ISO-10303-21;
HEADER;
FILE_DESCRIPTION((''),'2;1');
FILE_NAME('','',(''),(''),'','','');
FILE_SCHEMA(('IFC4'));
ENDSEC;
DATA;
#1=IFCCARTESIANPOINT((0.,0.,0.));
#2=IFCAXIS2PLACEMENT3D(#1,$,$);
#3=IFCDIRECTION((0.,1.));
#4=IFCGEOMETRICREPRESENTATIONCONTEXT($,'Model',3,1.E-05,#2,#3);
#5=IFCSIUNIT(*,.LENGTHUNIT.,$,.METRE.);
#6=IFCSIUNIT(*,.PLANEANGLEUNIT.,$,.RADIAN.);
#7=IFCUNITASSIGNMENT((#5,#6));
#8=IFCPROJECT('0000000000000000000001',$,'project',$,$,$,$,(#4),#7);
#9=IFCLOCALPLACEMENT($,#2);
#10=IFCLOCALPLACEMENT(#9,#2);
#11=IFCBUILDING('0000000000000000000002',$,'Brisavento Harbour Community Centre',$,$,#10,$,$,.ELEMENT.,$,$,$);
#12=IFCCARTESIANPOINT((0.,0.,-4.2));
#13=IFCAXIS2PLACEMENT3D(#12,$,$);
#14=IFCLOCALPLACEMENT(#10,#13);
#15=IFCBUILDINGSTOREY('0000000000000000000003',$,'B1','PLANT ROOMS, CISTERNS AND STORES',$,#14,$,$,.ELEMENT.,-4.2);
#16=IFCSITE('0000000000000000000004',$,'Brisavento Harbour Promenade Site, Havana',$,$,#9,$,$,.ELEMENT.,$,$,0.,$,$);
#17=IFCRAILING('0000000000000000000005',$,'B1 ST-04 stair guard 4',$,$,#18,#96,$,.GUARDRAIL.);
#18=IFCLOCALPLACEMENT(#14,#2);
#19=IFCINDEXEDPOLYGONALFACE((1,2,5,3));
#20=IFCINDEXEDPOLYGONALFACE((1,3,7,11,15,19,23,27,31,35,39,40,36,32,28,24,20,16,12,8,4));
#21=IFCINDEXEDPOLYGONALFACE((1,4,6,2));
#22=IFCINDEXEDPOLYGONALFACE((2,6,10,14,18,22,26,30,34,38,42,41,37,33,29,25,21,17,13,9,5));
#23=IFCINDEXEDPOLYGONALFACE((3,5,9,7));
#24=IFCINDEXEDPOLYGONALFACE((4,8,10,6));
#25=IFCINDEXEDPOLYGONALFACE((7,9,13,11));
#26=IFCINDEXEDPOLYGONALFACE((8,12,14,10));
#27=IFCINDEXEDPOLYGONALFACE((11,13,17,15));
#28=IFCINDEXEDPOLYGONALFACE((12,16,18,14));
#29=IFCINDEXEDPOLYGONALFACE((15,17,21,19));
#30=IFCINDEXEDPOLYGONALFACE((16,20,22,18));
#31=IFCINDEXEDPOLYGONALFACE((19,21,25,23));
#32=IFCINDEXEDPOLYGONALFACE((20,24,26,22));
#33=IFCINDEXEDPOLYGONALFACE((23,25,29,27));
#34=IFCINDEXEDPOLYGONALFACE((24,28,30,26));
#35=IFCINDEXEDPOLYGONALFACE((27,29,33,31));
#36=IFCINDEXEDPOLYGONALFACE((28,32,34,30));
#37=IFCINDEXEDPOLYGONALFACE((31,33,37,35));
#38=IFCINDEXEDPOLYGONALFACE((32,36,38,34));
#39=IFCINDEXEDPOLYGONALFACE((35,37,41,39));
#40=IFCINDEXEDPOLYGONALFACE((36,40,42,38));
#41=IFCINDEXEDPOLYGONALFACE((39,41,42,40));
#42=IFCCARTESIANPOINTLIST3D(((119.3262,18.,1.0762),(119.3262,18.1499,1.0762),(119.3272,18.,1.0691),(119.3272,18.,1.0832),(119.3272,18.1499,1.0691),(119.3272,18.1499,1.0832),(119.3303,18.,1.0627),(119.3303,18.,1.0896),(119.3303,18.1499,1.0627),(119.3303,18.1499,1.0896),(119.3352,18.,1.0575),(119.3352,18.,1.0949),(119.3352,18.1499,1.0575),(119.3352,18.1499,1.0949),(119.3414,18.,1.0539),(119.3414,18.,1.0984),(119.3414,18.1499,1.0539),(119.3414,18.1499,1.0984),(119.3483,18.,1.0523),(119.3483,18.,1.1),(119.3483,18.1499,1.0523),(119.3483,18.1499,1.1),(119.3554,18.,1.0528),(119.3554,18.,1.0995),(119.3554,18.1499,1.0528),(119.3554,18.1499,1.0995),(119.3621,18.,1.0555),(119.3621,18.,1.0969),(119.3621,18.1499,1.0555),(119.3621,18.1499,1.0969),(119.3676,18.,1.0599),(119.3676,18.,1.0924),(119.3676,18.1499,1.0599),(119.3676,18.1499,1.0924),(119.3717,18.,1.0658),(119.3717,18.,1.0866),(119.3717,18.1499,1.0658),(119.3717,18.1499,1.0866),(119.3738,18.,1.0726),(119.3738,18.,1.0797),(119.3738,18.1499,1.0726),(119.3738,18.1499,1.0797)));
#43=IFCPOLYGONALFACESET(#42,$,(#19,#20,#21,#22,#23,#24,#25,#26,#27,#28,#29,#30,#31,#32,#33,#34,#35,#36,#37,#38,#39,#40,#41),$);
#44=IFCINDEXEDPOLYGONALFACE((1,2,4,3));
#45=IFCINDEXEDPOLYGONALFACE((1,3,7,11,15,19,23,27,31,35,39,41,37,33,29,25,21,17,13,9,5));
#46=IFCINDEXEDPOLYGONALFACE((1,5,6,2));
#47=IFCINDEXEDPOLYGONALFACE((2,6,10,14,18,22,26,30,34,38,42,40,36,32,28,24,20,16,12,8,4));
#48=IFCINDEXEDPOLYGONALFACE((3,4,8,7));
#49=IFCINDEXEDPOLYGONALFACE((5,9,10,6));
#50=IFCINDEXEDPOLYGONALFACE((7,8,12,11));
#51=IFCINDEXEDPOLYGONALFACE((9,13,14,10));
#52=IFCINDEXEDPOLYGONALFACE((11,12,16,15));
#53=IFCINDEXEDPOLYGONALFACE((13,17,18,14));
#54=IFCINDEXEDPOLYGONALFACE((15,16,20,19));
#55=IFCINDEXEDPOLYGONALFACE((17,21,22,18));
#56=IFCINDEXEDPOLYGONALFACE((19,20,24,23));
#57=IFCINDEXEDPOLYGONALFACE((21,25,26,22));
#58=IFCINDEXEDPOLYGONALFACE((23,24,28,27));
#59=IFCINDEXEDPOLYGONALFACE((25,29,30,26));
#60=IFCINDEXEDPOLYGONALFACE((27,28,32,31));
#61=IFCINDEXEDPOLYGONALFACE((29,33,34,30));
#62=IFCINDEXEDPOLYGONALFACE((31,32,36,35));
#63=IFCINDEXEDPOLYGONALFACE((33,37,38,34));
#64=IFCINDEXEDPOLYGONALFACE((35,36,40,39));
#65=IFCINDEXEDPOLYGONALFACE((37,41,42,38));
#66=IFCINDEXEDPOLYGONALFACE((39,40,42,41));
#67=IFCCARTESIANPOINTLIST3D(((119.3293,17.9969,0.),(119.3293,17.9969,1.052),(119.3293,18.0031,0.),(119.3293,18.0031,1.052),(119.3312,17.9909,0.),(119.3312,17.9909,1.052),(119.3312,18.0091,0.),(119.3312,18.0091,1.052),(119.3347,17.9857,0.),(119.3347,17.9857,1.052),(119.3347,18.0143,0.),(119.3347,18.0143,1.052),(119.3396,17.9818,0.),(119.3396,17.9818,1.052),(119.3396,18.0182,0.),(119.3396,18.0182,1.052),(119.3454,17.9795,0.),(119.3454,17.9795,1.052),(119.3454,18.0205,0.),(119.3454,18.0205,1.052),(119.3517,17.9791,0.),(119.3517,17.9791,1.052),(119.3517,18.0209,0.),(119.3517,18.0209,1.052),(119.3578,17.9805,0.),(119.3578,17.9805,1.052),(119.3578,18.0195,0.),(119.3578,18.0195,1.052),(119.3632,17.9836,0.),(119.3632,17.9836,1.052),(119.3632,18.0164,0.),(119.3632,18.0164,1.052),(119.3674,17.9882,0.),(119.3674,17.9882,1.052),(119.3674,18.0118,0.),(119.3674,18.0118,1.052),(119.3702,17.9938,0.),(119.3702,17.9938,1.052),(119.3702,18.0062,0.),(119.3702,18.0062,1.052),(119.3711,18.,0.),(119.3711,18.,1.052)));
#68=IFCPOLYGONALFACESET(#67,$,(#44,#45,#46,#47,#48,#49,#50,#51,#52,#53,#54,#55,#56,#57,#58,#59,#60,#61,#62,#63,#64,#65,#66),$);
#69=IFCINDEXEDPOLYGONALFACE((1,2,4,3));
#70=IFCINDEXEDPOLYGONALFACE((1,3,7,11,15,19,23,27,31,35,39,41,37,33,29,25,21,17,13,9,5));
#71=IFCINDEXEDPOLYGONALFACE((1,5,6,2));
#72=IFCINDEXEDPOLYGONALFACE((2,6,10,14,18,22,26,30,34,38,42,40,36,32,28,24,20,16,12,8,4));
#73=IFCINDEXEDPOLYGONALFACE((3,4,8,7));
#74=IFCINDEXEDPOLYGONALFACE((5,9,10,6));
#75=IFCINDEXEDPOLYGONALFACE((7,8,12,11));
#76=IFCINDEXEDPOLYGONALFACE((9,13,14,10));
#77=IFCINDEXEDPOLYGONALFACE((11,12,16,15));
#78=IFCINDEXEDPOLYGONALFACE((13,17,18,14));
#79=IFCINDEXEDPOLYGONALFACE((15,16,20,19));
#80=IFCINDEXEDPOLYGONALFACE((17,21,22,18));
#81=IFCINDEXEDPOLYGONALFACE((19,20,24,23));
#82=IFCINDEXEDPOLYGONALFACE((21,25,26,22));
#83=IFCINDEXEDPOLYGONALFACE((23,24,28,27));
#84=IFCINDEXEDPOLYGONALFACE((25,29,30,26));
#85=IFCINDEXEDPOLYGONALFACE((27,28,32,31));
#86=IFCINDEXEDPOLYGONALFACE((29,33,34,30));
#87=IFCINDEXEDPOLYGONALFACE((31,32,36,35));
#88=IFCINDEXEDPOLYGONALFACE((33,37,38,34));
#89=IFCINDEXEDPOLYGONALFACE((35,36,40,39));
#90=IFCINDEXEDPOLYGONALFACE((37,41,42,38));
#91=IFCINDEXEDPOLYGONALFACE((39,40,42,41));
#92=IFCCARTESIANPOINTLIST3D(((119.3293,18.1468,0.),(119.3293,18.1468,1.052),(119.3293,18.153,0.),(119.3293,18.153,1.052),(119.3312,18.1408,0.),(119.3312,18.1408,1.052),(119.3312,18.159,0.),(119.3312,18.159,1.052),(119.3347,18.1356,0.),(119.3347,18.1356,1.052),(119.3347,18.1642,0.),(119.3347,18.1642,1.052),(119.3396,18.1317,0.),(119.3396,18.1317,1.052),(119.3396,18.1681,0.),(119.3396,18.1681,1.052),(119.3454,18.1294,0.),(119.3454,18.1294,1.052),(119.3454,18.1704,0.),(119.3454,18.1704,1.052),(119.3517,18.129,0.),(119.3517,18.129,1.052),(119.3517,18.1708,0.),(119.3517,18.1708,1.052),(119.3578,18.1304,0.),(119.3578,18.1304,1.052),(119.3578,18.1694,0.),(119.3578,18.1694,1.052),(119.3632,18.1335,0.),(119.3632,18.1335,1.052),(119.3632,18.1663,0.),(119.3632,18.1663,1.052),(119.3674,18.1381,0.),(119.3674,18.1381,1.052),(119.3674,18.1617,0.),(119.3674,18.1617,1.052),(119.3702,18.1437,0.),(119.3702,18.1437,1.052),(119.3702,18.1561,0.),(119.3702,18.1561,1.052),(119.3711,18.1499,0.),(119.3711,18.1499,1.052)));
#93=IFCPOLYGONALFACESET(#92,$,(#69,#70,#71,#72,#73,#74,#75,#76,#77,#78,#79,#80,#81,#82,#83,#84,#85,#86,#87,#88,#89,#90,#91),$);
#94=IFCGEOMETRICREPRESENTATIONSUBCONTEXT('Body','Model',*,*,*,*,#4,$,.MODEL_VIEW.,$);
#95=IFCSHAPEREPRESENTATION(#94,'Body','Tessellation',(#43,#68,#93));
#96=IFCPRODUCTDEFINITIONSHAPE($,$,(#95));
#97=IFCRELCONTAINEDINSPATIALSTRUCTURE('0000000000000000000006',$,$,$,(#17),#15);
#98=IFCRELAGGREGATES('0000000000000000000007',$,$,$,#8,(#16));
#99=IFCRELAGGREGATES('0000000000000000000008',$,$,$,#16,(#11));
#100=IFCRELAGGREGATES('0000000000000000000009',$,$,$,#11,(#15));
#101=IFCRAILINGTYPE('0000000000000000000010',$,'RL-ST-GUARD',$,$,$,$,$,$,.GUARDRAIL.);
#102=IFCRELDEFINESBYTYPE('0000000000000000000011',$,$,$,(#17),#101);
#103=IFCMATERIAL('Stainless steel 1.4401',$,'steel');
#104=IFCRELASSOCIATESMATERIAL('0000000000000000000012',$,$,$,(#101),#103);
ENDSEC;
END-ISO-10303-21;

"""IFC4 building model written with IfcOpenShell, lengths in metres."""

from ifc_helpers import new_model, si_unit, direction, frame, origin, origin_2d, place, context, subcontext, project, spatial, circle, extrude, material, type_object, element, save


model = new_model("IFC4")

# Units and contexts
model_context = context("Model", 3, precision=1e-05, world=origin(), true_north=direction((0.0, 1.0)))
body_context = subcontext(model_context, "Body", "Model", "MODEL_VIEW")
ifc_project = project(units=[si_unit("LENGTHUNIT", "METRE"), si_unit("PLANEANGLEUNIT", "RADIAN")], contexts=[model_context])

# Site, building, storey
site_placement = place(None, origin())
site = spatial("IfcSite", under=ifc_project, at=site_placement, Name="Brisavento Harbour Promenade Site, Havana", CompositionType="ELEMENT", RefElevation=0.0)
building_placement = place(site_placement, origin())
building = spatial("IfcBuilding", under=site, at=building_placement, Name="Brisavento Harbour Community Centre", CompositionType="ELEMENT")
storey_placement = place(building_placement, frame((0.0, 0.0, -4.2)))
storey = spatial("IfcBuildingStorey", under=building, at=storey_placement, Name="B1", Description="PLANT ROOMS, CISTERNS AND STORES", CompositionType="ELEMENT", Elevation=-4.2)

# Shared definitions
ifc_material_1 = material(Name="Stainless steel 1.4401", Category="steel")

# Railing
railing_type_1 = type_object("IfcRailingType", Name="RL-ST-GUARD", PredefinedType="GUARDRAIL", material=ifc_material_1)
railing_1_placement = place(storey_placement, frame((119.3501, 18.0, 0.0)))
element("IfcRailing", 1, at=railing_1_placement, inside=storey, type_object=railing_type_1, Name="B1 ST-04 stair guard 4", PredefinedType="GUARDRAIL", context=body_context, shape_type="SweptSolid", body=[
    extrude(circle(Radius=0.0239, at=origin_2d()), frame((0.0, 0.0, 1.0762), z_axis=(0.0, 1.0, 0.0), x_axis=(-1.0, 0.0, 0.0)), (0.0, 0.0, 1.0), 0.1499),
    extrude(circle(Radius=0.021, at=origin_2d()), origin(), (0.0, 0.0, 1.0), 1.052),
    extrude(circle(Radius=0.021, at=origin_2d()), frame((0.0, 0.1499, 0.0)), (0.0, 0.0, 1.0), 1.052),
])

save(model, "model.ifc")
